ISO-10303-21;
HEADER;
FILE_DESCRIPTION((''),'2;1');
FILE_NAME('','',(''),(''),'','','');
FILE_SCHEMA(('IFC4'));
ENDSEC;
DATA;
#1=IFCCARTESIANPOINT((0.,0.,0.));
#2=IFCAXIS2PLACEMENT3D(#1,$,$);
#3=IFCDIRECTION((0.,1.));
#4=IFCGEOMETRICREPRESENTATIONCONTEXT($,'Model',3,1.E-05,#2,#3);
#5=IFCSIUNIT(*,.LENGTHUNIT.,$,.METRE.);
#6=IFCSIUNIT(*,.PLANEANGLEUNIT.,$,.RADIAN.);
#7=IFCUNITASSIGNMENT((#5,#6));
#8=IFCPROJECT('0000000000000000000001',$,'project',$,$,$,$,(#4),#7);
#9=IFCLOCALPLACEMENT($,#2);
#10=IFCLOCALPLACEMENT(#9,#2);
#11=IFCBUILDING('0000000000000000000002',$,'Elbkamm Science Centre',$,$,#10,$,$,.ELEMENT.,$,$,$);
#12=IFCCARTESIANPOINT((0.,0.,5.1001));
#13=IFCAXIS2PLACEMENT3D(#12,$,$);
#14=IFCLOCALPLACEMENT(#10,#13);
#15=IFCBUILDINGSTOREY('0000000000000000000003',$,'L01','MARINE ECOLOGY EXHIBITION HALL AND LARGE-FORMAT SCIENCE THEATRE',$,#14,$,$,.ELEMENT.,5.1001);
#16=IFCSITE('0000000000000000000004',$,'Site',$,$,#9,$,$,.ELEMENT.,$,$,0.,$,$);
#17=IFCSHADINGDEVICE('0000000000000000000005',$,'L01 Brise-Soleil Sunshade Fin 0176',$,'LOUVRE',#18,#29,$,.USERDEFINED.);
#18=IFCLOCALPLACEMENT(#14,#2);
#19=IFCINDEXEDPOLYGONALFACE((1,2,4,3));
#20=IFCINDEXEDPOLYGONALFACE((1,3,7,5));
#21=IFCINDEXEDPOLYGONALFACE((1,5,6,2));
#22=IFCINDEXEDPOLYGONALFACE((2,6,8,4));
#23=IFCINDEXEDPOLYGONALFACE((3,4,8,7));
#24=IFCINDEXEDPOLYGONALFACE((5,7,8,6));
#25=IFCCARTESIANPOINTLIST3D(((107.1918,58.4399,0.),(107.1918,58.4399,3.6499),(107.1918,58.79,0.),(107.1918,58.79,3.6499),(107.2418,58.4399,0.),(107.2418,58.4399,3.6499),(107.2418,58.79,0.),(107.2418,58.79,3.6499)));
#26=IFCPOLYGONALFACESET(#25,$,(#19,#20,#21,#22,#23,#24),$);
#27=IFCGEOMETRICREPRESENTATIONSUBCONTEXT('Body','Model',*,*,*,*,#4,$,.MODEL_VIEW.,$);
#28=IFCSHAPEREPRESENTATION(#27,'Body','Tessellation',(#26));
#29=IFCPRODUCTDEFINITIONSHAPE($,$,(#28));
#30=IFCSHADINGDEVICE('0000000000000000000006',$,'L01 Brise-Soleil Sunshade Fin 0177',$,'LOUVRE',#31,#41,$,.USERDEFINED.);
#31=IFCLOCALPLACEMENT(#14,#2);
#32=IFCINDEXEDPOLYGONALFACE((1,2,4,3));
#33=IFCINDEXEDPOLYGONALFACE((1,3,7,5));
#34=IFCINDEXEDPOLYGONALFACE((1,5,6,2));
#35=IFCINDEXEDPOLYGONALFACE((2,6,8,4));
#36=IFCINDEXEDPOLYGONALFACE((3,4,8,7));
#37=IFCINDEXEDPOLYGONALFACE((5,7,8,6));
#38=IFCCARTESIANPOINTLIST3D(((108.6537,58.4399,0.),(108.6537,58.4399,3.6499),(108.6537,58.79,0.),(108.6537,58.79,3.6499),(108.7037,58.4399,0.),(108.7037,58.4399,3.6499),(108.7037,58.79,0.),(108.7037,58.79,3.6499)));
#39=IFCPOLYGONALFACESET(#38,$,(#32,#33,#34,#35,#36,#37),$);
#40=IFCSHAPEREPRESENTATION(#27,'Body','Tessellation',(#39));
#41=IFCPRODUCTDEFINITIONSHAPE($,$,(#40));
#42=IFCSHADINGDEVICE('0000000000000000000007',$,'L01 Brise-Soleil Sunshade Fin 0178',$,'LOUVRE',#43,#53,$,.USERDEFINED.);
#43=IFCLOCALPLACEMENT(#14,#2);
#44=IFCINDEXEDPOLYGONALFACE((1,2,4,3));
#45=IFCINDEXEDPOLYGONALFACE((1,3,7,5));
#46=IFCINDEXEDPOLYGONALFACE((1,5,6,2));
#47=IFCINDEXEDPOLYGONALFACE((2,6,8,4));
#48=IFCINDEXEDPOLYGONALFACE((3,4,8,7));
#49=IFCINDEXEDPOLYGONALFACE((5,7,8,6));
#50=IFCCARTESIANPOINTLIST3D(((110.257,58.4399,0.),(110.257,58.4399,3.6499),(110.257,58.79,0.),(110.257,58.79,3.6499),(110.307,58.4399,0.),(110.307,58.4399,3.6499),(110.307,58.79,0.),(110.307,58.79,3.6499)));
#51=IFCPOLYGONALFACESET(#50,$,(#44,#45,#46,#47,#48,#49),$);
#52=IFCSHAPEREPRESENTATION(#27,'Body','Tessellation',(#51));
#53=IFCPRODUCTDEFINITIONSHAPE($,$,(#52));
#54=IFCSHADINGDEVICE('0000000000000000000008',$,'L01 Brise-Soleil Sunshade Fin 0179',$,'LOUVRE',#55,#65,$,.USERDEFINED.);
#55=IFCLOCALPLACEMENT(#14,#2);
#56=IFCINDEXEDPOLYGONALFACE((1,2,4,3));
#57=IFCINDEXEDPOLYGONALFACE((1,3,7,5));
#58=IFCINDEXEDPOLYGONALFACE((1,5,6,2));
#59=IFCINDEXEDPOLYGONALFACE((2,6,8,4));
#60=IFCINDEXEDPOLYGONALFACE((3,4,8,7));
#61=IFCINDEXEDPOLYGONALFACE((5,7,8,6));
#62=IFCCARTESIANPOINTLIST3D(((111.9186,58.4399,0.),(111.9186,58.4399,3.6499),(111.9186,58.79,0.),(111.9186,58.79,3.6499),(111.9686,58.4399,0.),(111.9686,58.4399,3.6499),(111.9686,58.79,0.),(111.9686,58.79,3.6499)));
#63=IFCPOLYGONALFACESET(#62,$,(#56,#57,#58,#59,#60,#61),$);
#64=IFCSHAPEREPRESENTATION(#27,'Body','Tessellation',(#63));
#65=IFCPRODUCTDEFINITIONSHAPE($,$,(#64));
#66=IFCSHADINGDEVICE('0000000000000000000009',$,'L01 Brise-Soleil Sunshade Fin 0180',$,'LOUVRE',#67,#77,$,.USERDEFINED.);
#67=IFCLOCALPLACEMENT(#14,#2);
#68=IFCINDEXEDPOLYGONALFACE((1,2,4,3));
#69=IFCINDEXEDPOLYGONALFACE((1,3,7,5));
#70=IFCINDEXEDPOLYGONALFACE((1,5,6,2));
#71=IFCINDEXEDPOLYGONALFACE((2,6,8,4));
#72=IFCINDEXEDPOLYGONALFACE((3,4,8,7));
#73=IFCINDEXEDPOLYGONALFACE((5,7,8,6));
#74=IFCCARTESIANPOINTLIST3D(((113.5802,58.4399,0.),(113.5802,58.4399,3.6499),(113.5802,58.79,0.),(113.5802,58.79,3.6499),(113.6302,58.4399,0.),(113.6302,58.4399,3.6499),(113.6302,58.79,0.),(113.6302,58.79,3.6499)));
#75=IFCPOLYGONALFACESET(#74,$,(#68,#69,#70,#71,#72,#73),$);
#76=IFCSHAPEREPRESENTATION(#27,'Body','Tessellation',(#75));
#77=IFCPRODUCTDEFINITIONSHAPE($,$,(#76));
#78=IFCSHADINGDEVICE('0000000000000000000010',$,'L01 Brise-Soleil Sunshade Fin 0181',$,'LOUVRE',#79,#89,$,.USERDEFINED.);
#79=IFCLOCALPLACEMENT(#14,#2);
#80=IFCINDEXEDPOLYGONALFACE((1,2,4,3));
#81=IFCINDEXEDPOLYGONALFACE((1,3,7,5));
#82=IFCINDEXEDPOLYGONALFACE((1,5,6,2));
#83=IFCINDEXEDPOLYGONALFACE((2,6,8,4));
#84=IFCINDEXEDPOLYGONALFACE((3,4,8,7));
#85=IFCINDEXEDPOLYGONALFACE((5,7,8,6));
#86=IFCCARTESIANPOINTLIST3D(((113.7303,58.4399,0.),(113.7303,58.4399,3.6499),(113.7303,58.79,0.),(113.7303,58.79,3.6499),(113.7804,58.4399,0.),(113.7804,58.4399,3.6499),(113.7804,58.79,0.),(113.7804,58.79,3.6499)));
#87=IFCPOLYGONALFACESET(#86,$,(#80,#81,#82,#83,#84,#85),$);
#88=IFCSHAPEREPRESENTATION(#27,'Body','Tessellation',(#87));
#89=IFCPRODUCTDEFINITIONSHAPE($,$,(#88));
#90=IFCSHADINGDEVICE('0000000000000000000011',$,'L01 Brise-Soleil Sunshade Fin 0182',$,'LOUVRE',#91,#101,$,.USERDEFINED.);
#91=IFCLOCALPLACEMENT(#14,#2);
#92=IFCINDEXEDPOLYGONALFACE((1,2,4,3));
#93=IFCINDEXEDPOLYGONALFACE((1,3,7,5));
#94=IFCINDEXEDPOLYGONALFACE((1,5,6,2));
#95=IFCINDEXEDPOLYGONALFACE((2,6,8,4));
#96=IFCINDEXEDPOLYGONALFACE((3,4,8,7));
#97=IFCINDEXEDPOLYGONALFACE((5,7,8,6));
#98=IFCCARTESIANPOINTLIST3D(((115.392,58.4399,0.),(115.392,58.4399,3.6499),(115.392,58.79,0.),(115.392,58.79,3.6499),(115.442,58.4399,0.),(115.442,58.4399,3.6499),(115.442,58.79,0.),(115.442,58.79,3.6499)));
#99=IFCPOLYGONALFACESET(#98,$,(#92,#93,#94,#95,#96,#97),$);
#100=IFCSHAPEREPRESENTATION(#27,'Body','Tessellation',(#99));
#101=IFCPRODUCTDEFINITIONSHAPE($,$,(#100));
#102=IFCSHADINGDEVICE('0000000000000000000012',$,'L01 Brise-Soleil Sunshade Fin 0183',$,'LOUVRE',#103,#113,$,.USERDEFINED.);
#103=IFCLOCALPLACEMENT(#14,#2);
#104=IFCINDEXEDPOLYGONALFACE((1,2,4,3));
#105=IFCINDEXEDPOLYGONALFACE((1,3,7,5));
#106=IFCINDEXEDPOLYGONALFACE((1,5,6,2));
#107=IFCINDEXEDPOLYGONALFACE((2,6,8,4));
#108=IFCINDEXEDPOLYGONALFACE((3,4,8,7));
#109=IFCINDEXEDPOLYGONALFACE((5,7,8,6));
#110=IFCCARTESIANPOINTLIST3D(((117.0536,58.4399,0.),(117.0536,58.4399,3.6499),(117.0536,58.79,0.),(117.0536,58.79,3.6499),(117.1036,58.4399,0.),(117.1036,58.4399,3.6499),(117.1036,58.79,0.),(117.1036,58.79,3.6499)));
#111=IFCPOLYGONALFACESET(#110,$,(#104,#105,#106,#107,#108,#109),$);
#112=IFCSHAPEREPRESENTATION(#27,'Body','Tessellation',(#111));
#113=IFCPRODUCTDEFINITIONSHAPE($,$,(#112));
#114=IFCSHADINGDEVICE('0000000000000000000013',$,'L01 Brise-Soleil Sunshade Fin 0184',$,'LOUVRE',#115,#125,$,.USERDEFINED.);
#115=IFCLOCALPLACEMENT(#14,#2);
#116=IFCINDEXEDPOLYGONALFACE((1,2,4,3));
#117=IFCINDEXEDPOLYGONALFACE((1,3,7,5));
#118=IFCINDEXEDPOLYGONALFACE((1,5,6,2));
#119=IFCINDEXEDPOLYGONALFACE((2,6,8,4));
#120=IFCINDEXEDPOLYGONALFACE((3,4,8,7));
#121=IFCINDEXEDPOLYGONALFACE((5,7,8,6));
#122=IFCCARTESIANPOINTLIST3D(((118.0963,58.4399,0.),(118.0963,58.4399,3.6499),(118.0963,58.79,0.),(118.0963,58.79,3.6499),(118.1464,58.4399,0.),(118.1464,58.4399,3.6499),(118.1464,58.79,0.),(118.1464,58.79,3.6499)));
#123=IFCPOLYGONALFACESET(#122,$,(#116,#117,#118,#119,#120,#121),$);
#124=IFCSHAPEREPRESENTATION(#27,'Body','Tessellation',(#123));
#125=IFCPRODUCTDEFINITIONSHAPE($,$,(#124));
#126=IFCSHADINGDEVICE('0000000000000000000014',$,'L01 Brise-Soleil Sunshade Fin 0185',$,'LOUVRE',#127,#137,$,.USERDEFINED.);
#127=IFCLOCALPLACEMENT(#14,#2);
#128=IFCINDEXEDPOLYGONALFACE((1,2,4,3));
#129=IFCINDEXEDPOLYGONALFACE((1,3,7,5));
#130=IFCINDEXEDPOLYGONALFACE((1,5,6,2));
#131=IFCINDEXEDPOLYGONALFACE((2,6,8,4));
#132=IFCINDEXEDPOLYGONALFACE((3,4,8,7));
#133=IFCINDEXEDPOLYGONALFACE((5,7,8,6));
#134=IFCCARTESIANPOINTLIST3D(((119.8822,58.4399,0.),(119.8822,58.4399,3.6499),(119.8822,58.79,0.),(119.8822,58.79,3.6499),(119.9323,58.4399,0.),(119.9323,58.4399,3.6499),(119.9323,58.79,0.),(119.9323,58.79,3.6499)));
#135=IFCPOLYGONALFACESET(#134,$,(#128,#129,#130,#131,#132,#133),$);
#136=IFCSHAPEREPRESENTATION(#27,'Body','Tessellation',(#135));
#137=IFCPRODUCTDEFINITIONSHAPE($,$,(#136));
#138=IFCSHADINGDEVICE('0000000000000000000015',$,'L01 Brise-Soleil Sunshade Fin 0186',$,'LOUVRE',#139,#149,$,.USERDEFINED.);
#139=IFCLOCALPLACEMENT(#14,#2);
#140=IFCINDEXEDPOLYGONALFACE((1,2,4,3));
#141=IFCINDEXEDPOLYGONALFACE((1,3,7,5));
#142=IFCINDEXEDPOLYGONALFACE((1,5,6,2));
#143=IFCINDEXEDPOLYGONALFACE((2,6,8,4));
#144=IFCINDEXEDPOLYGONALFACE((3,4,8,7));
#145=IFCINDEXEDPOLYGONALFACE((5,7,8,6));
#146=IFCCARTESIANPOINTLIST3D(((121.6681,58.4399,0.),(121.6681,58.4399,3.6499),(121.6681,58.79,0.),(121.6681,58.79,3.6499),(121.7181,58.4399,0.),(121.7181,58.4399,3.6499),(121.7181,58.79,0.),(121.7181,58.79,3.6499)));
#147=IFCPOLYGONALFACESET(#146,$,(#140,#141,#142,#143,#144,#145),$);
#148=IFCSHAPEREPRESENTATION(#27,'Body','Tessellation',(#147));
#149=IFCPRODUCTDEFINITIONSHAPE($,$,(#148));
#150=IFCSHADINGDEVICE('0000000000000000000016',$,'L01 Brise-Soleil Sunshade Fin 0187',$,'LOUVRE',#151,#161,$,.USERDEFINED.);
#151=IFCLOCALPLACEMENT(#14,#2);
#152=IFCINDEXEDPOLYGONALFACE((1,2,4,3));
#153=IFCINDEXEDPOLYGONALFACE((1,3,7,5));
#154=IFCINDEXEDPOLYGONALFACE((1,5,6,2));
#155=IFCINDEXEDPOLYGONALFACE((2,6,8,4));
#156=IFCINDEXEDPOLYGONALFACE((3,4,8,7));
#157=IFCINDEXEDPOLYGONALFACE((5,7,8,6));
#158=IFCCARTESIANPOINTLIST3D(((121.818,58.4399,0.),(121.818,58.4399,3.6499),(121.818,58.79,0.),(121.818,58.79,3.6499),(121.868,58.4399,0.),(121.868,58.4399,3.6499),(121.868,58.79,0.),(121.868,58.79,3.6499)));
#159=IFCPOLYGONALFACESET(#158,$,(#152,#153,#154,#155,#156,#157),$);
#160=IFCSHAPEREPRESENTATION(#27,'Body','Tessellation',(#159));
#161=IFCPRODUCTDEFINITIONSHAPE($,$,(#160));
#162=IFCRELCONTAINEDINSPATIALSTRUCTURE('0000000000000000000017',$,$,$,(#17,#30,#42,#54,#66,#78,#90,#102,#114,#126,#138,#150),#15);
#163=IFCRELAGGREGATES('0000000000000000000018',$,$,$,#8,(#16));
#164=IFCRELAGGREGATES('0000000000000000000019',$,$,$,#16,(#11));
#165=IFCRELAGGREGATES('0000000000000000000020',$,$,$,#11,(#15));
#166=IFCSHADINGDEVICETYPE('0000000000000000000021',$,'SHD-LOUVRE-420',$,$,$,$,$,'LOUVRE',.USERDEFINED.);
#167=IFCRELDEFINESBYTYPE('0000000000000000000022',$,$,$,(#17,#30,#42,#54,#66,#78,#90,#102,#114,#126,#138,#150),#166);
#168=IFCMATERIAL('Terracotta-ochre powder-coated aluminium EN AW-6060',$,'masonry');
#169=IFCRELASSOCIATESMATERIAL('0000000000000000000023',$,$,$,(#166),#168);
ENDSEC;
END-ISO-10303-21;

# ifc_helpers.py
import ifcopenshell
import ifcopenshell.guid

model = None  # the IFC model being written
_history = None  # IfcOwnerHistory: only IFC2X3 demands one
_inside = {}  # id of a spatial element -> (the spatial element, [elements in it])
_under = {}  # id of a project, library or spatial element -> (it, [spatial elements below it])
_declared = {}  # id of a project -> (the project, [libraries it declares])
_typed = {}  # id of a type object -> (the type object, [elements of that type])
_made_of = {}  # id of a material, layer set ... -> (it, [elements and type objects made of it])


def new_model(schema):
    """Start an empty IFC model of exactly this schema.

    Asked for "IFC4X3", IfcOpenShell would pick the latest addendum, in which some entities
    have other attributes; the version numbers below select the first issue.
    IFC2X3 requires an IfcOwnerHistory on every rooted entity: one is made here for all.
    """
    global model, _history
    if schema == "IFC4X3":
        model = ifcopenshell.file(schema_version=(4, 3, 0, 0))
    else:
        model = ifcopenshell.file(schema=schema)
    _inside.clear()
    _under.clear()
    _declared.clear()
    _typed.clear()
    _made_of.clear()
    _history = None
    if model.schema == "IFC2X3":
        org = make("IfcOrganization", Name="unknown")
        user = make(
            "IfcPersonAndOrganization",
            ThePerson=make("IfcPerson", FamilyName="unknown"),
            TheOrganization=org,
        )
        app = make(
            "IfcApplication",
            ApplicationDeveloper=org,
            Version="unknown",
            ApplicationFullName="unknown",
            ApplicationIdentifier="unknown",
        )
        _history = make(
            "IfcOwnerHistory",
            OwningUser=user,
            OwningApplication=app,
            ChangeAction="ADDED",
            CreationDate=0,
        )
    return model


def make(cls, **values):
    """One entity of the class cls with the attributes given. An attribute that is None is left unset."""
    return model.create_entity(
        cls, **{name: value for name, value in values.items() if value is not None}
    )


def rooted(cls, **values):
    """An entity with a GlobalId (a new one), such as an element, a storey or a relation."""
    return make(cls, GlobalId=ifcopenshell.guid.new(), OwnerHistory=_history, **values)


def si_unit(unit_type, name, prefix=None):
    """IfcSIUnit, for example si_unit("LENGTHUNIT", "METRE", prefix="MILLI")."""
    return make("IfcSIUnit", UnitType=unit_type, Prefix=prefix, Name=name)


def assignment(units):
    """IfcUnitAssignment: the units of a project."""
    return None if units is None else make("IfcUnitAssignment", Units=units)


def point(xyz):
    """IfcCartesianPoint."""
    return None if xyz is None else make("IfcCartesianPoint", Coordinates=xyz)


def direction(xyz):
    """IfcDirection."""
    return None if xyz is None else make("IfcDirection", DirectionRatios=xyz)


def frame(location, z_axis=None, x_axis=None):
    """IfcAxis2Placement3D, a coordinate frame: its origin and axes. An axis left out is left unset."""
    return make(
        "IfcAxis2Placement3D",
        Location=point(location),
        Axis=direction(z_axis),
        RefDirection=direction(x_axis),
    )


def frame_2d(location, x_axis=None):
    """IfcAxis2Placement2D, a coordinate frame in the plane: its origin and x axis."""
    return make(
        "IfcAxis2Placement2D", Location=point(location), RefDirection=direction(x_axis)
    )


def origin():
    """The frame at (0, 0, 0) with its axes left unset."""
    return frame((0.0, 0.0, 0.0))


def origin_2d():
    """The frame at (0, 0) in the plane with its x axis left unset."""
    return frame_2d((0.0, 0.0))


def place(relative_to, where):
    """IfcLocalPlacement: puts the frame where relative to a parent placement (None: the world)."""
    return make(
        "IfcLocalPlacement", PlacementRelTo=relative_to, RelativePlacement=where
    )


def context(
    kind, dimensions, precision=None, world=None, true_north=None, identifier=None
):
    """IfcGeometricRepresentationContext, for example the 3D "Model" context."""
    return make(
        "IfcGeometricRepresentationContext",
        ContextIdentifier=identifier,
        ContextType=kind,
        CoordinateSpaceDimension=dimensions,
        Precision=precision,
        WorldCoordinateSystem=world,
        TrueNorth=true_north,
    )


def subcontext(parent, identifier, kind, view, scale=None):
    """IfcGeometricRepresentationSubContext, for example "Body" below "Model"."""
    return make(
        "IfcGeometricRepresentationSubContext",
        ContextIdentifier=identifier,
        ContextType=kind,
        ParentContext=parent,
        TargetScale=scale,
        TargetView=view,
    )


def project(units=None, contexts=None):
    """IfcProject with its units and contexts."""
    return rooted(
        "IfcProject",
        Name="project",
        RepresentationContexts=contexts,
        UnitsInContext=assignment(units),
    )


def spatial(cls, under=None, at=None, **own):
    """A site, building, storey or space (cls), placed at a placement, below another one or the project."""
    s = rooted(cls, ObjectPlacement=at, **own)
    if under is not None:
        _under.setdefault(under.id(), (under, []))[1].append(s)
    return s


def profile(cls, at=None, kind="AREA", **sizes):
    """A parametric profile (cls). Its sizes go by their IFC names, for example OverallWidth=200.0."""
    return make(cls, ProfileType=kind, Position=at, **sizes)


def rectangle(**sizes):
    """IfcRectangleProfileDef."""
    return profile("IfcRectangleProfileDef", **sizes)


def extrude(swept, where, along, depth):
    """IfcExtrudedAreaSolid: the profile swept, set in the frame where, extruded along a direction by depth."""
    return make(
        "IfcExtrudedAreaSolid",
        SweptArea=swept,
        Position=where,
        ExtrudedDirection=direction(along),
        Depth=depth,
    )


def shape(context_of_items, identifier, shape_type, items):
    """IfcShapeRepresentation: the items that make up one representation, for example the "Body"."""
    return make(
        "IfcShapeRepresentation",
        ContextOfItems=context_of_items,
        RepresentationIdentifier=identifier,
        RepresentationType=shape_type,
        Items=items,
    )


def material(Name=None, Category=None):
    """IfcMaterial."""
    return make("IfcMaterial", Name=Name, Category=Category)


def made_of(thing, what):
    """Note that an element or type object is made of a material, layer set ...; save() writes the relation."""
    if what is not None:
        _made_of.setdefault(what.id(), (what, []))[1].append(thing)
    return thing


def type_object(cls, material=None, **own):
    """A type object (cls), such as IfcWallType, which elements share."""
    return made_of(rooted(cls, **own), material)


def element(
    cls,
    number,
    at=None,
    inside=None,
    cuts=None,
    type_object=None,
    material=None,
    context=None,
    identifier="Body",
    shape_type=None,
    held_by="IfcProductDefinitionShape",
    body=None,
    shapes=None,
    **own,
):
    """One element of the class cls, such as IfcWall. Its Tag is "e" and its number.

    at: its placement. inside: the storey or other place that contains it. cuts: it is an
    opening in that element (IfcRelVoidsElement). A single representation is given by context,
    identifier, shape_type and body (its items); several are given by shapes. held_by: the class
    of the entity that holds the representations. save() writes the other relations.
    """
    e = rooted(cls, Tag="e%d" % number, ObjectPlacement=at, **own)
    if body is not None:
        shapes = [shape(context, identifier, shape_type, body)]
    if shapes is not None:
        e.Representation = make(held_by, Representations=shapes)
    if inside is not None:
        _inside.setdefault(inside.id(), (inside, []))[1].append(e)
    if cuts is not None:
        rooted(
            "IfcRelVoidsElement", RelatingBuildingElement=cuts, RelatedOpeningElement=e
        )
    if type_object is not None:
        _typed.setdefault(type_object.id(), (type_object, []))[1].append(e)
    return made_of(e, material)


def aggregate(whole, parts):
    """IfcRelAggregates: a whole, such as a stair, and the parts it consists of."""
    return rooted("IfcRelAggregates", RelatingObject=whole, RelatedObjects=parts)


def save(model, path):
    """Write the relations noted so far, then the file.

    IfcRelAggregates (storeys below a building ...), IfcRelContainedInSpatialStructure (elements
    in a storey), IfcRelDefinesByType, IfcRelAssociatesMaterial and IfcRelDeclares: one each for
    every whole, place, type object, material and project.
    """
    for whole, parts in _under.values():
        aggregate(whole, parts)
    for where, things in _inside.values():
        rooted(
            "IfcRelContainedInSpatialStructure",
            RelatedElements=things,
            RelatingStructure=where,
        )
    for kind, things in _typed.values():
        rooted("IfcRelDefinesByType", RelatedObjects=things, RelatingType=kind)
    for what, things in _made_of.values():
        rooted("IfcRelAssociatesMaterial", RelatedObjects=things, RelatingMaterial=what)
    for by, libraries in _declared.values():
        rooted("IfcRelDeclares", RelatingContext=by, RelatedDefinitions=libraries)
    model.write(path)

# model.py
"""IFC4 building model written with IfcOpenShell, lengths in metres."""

from ifc_helpers import new_model, si_unit, direction, frame, origin, origin_2d, place, context, subcontext, project, spatial, rectangle, extrude, material, type_object, element, save


model = new_model("IFC4")

# Units and contexts
model_context = context("Model", 3, precision=1e-05, world=origin(), true_north=direction((0.0, 1.0)))
body_context = subcontext(model_context, "Body", "Model", "MODEL_VIEW")
ifc_project = project(units=[si_unit("LENGTHUNIT", "METRE"), si_unit("PLANEANGLEUNIT", "RADIAN")], contexts=[model_context])

# Site, building, storey
site_placement = place(None, origin())
site = spatial("IfcSite", under=ifc_project, at=site_placement, Name="Site", CompositionType="ELEMENT", RefElevation=0.0)
building_placement = place(site_placement, origin())
building = spatial("IfcBuilding", under=site, at=building_placement, Name="Elbkamm Science Centre", CompositionType="ELEMENT")
storey_placement = place(building_placement, frame((0.0, 0.0, 5.1001)))
storey = spatial("IfcBuildingStorey", under=building, at=storey_placement, Name="L01", Description="MARINE ECOLOGY EXHIBITION HALL AND LARGE-FORMAT SCIENCE THEATRE", CompositionType="ELEMENT", Elevation=5.1001)

# Shading devices
ifc_material_1 = material(Name="Terracotta-ochre powder-coated aluminium EN AW-6060", Category="masonry")
shading_device_type = type_object("IfcShadingDeviceType", Name="SHD-LOUVRE-420", ElementType="LOUVRE", PredefinedType="USERDEFINED", material=ifc_material_1)
for number, where, z_axis, x_axis, name in (
    (1, (107.2168, 58.615, 0.0), (0.0, 0.0, 1.0), (0.0, 1.0, 0.0), "L01 Brise-Soleil Sunshade Fin 0176"),
    (2, (108.6787, 58.615, 0.0), (0.0, 0.0, 1.0), (0.0, 1.0, 0.0), "L01 Brise-Soleil Sunshade Fin 0177"),
    (3, (110.282, 58.615, 0.0), (0.0, 0.0, 1.0), (0.0, 1.0, 0.0), "L01 Brise-Soleil Sunshade Fin 0178"),
    (4, (111.9436, 58.615, 0.0), (0.0, 0.0, 1.0), (0.0, 1.0, 0.0), "L01 Brise-Soleil Sunshade Fin 0179"),
    (5, (113.6052, 58.615, 0.0), (0.0, 0.0, 1.0), (0.0, 1.0, 0.0), "L01 Brise-Soleil Sunshade Fin 0180"),
    (6, (113.7554, 58.615, 0.0), (0.0, 0.0, 1.0), (0.0, 1.0, 0.0), "L01 Brise-Soleil Sunshade Fin 0181"),
    (7, (115.417, 58.615, 0.0), (0.0, 0.0, 1.0), (0.0, 1.0, 0.0), "L01 Brise-Soleil Sunshade Fin 0182"),
    (8, (117.0786, 58.615, 0.0), (0.0, 0.0, 1.0), (0.0, 1.0, 0.0), "L01 Brise-Soleil Sunshade Fin 0183"),
    (9, (118.1213, 58.615, 0.0), (0.0, 0.0, 1.0), (0.0, 1.0, 0.0), "L01 Brise-Soleil Sunshade Fin 0184"),
    (10, (119.9072, 58.615, 0.0), (0.0, 0.0, 1.0), (0.0, 1.0, 0.0), "L01 Brise-Soleil Sunshade Fin 0185"),
    (11, (121.6931, 58.615, 0.0), (0.0, 0.0, 1.0), (0.0, 1.0, 0.0), "L01 Brise-Soleil Sunshade Fin 0186"),
    (12, (121.843, 58.615, 0.0), (0.0, 0.0, 1.0), (0.0, 1.0, 0.0), "L01 Brise-Soleil Sunshade Fin 0187"),
):
    element("IfcShadingDevice", number, at=place(storey_placement, frame(where, z_axis=z_axis, x_axis=x_axis)), inside=storey, type_object=shading_device_type, Name=name, ObjectType="LOUVRE", PredefinedType="USERDEFINED", context=body_context, shape_type="SweptSolid", body=[
        extrude(rectangle(XDim=0.3501, YDim=0.05, at=origin_2d()), origin(), (0.0, 0.0, 1.0), 3.6499),
    ])

save(model, "model.ifc")
